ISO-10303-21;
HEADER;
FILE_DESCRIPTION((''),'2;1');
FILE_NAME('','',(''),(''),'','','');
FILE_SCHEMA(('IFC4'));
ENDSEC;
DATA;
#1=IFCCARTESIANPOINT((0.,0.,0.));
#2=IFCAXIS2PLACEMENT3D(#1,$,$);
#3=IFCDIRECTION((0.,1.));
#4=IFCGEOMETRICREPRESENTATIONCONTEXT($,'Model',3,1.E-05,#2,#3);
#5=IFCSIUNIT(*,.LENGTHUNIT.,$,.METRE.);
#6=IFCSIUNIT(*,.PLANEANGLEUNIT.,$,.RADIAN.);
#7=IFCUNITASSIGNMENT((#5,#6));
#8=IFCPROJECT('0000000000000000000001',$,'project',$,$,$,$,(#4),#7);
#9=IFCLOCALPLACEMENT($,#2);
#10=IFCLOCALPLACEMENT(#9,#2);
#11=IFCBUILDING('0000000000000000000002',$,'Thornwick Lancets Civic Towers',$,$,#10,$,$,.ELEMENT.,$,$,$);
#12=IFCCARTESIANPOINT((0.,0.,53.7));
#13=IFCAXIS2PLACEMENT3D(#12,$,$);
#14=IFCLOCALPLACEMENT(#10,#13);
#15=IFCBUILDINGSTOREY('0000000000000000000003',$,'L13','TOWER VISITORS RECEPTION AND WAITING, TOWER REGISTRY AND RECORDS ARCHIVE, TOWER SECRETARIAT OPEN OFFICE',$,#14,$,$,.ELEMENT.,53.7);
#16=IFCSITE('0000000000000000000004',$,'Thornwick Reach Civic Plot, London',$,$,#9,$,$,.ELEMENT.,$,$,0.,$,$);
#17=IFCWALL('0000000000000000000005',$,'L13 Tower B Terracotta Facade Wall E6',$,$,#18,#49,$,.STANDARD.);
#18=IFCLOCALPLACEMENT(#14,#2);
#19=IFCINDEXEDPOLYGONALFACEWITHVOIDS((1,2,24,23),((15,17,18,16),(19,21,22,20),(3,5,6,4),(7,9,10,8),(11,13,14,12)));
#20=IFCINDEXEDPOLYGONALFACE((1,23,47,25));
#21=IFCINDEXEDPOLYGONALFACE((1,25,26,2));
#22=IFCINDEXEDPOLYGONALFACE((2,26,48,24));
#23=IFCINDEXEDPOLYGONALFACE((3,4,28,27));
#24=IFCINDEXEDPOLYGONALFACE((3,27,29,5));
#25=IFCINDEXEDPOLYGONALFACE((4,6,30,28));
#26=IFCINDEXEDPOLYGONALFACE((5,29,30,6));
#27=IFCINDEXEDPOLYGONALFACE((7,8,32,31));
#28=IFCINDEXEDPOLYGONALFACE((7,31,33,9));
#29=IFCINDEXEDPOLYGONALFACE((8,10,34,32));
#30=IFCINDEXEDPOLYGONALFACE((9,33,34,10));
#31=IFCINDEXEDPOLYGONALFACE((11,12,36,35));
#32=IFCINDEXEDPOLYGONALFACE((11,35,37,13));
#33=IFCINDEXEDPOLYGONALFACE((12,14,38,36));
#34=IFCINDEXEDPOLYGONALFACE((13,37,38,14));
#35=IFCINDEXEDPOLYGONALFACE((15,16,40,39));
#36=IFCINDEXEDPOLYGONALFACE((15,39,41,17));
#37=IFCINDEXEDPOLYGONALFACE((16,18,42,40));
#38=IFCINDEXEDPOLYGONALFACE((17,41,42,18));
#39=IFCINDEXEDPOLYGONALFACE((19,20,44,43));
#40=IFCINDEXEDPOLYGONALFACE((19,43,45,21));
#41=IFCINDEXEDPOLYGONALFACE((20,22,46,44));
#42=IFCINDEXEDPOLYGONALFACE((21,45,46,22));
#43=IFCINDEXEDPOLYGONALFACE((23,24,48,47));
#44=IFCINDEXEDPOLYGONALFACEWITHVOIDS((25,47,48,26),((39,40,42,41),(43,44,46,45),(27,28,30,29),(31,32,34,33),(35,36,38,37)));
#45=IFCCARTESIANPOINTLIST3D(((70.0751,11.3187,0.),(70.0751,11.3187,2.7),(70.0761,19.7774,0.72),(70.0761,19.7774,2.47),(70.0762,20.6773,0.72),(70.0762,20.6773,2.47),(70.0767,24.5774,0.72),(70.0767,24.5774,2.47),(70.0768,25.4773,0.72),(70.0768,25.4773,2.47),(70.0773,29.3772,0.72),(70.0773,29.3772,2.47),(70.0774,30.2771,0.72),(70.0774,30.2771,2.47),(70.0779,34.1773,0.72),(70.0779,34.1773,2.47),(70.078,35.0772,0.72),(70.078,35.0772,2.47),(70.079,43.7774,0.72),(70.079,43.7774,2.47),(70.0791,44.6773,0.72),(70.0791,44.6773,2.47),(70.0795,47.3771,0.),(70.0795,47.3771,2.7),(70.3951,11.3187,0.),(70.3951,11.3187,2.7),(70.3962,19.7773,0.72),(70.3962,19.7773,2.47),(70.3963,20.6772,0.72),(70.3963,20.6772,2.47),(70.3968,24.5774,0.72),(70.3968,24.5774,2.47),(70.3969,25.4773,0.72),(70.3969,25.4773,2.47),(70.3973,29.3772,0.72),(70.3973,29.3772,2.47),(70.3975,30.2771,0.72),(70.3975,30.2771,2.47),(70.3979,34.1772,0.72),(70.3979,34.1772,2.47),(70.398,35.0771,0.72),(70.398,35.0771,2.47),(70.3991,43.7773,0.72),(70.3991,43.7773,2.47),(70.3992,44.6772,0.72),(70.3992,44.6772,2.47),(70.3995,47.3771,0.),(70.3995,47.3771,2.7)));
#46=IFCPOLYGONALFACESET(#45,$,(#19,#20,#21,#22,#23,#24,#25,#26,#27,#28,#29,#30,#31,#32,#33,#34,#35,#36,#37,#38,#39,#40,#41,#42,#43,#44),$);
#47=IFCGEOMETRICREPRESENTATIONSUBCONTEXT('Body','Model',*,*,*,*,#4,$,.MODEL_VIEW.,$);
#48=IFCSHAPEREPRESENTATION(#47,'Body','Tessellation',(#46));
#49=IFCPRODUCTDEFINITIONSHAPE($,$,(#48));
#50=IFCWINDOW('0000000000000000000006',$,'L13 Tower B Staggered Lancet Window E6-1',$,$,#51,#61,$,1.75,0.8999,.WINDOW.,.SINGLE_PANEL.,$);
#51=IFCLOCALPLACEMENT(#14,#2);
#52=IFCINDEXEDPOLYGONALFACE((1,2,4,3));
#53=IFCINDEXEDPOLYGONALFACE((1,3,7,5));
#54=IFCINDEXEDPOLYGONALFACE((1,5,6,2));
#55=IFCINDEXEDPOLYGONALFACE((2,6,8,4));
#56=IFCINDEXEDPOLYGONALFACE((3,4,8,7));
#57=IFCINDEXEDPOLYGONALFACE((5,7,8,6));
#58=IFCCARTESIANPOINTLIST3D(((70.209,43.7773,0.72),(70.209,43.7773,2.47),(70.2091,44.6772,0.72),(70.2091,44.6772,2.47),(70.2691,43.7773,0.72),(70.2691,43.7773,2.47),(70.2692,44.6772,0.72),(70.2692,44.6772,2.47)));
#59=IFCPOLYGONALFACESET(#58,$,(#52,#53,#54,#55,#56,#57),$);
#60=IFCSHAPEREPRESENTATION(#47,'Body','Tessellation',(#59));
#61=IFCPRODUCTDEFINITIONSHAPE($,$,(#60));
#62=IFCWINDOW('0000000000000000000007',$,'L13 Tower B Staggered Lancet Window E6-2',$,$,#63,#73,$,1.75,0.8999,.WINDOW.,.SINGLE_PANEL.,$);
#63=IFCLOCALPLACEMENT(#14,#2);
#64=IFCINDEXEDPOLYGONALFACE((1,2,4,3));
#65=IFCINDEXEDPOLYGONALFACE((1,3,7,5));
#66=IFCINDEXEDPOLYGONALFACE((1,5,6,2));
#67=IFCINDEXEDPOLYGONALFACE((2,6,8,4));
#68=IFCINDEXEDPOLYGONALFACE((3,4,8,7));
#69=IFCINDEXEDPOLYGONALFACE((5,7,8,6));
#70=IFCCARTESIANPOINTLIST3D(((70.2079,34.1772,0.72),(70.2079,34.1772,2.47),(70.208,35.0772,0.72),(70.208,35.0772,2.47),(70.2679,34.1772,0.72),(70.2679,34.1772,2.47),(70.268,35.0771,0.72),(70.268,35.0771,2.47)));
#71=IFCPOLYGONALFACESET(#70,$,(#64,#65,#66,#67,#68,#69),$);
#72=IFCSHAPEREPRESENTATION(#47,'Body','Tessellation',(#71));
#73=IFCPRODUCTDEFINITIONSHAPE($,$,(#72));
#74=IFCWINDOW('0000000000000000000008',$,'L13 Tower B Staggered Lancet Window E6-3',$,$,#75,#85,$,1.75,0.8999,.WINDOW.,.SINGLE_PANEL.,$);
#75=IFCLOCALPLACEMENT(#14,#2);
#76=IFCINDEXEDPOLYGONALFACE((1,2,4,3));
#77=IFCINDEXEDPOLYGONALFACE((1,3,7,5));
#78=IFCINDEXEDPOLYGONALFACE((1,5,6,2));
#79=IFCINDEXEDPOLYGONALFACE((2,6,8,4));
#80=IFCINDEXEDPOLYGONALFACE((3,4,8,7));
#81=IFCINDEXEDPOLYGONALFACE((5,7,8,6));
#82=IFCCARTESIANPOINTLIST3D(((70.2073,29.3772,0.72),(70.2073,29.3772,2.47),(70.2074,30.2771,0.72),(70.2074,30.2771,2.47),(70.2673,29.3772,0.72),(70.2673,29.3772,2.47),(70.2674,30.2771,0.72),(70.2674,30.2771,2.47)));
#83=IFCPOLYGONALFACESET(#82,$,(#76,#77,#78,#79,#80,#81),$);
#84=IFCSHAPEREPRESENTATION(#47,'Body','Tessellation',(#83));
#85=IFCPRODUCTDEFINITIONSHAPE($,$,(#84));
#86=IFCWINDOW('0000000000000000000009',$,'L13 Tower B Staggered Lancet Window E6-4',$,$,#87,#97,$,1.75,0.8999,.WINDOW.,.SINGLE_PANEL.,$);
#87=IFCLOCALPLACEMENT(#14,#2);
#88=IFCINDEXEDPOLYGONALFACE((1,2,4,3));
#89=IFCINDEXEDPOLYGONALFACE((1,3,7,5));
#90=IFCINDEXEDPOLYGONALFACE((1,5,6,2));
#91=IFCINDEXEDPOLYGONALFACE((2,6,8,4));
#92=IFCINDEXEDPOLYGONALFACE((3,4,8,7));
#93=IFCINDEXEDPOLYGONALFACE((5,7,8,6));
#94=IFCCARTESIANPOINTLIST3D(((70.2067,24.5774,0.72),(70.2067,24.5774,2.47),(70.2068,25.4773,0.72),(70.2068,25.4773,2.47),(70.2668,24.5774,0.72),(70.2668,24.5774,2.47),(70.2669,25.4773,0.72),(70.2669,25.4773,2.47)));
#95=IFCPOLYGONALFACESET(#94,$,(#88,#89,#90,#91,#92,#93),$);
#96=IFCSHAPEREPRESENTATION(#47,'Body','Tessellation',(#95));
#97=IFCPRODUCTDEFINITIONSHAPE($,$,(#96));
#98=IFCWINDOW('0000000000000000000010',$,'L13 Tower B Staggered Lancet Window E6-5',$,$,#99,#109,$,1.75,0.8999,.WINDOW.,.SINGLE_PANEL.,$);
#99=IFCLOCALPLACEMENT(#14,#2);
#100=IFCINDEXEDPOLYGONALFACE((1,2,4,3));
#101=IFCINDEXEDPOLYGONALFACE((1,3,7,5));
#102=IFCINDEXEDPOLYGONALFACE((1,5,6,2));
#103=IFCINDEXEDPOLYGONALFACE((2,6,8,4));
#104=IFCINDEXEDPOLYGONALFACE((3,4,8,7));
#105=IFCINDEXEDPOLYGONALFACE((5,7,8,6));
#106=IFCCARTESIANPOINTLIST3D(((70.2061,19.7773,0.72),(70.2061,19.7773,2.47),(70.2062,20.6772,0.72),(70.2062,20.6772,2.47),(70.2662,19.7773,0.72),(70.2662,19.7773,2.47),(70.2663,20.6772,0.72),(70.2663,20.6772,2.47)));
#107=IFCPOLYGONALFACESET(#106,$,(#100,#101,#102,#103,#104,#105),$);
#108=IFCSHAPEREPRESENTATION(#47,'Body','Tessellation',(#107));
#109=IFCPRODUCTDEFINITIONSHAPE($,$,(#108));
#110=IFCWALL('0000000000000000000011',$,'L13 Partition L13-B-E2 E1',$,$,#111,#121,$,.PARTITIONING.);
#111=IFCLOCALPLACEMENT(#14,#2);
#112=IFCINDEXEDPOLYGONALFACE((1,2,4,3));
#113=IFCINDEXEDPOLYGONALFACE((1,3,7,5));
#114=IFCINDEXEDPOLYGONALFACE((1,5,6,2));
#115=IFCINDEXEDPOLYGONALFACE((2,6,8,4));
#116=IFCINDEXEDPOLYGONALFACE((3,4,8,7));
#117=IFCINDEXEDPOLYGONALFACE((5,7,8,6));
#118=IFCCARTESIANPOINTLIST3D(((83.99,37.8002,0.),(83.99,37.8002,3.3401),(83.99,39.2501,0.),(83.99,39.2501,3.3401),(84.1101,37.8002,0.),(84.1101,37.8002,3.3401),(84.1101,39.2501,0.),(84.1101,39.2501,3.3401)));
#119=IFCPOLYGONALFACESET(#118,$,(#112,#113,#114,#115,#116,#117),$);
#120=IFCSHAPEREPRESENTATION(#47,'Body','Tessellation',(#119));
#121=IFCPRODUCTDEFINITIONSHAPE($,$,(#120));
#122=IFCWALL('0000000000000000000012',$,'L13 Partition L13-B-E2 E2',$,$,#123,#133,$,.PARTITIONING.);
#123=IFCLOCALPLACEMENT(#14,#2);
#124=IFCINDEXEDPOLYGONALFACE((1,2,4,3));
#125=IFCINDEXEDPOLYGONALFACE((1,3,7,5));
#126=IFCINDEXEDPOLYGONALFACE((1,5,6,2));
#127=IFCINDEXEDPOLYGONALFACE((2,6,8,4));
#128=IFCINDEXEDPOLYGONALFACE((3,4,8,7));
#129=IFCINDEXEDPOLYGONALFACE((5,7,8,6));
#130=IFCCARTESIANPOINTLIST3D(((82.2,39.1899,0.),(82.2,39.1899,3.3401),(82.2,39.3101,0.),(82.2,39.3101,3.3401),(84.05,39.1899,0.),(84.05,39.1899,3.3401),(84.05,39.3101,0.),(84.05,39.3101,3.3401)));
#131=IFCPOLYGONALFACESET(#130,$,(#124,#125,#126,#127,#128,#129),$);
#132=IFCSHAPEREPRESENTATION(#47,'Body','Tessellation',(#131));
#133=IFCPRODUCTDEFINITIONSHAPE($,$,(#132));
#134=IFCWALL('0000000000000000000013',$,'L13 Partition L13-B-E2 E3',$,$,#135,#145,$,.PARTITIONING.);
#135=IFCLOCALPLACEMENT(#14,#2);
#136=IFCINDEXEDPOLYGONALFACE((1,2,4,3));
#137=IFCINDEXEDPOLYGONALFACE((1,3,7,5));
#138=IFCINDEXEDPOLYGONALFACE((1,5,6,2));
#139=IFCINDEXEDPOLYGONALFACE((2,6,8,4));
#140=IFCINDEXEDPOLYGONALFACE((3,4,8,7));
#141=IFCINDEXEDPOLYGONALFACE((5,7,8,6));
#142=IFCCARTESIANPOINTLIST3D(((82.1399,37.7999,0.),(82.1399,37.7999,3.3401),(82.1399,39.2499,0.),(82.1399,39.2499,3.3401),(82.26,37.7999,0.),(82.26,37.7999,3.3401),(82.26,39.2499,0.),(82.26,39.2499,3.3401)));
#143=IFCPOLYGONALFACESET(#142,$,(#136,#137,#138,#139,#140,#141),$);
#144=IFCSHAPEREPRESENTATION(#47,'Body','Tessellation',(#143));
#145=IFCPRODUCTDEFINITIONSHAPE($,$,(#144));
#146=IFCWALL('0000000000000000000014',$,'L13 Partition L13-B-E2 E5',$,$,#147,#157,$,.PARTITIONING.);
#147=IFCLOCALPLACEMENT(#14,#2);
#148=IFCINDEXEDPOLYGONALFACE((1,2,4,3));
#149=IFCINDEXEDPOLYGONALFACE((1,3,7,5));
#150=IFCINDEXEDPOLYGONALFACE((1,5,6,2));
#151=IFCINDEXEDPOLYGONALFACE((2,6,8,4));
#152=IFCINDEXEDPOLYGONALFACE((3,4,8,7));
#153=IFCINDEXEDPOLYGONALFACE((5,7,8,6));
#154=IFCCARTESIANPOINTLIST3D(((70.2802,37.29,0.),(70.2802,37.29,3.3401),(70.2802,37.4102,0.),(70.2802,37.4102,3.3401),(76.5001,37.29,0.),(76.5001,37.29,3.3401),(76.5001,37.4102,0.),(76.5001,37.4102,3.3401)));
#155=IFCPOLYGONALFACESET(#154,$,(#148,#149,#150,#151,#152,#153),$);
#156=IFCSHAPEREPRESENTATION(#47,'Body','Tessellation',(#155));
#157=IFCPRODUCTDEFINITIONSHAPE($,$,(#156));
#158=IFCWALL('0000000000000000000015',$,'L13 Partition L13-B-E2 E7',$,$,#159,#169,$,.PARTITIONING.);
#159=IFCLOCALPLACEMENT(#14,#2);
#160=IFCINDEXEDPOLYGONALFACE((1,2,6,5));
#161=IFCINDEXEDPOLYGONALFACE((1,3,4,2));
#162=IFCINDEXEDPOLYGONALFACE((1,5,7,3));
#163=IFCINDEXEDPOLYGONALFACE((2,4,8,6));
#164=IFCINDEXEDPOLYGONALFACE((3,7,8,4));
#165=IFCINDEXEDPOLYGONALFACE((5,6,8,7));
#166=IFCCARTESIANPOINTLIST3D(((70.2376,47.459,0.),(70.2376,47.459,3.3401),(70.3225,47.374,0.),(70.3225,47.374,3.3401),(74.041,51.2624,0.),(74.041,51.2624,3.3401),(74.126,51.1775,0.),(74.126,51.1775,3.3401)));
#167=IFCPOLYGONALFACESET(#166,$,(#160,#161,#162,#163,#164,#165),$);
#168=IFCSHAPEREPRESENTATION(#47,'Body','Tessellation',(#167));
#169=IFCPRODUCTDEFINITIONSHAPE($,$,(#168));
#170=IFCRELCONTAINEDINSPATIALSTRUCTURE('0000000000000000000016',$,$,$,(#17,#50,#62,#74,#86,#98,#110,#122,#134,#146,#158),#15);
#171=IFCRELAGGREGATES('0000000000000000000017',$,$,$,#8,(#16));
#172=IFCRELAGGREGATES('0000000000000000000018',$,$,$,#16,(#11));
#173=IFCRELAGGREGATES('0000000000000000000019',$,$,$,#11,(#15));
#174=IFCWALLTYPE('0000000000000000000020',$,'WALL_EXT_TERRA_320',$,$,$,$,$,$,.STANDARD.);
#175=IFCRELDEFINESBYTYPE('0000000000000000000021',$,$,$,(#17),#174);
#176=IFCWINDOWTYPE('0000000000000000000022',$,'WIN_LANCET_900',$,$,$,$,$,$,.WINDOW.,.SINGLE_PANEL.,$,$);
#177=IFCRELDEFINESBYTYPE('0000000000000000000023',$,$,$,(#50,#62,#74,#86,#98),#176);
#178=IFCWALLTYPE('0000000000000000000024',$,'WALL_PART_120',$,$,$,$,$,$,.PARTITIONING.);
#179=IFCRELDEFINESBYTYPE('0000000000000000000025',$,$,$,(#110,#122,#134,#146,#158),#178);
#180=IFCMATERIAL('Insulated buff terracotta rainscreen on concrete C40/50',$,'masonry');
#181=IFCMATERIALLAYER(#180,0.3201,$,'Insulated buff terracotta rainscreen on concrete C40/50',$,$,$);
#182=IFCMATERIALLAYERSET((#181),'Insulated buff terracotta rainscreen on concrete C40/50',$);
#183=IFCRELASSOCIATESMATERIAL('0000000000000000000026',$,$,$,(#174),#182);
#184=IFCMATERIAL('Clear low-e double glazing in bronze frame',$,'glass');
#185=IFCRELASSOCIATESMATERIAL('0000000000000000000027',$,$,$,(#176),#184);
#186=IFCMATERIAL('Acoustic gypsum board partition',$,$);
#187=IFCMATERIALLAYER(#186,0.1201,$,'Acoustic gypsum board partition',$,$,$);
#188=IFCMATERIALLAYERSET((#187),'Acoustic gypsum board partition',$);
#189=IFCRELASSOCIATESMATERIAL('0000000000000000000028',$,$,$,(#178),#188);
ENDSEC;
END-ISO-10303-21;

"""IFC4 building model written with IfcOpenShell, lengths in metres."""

from ifc_helpers import new_model, si_unit, direction, frame, frame_2d, origin, place, context, subcontext, project, spatial, rectangle, extrude, material, layer, layer_set, type_object, element, fill, save


model = new_model("IFC4")

# Units and contexts
model_context = context("Model", 3, precision=1e-05, world=origin(), true_north=direction((0.0, 1.0)))
body_context = subcontext(model_context, "Body", "Model", "MODEL_VIEW")
ifc_project = project(units=[si_unit("LENGTHUNIT", "METRE"), si_unit("PLANEANGLEUNIT", "RADIAN")], contexts=[model_context])

# Site, building, storey
site_placement = place(None, origin())
site = spatial("IfcSite", under=ifc_project, at=site_placement, Name="Thornwick Reach Civic Plot, London", CompositionType="ELEMENT", RefElevation=0.0)
building_placement = place(site_placement, origin())
building = spatial("IfcBuilding", under=site, at=building_placement, Name="Thornwick Lancets Civic Towers", CompositionType="ELEMENT")
storey_placement = place(building_placement, frame((0.0, 0.0, 53.7)))
storey = spatial("IfcBuildingStorey", under=building, at=storey_placement, Name="L13", Description="TOWER VISITORS RECEPTION AND WAITING, TOWER REGISTRY AND RECORDS ARCHIVE, TOWER SECRETARIAT OPEN OFFICE", CompositionType="ELEMENT", Elevation=53.7)

# Wall, openings, windows
ifc_material_1 = material(Name="Insulated buff terracotta rainscreen on concrete C40/50", Category="masonry")
ifc_layer_1 = layer(ifc_material_1, 0.3201, Name="Insulated buff terracotta rainscreen on concrete C40/50")
ifc_layer_set_1 = layer_set([ifc_layer_1], Name="Insulated buff terracotta rainscreen on concrete C40/50")
wall_type_1 = type_object("IfcWallType", Name="WALL_EXT_TERRA_320", PredefinedType="STANDARD", material=ifc_layer_set_1)
wall_1_placement = place(storey_placement, frame((70.2395, 47.3772, 0.0), z_axis=(0.0, 0.0, 1.0), x_axis=(-0.000122, -1.0, 0.0)))
wall_1 = element("IfcWall", 1, at=wall_1_placement, inside=storey, type_object=wall_type_1, Name="L13 Tower B Terracotta Facade Wall E6", PredefinedType="STANDARD", context=body_context, shape_type="SweptSolid", body=[
    extrude(rectangle(XDim=36.0583, YDim=0.3201, at=frame_2d((18.0293, 0.0))), origin(), (0.0, 0.0, 1.0), 2.7),
])
opening_1_placement = place(wall_1_placement, frame((2.7, 0.0, 0.72)))
opening_1 = element("IfcOpeningElement", 2, at=opening_1_placement, cuts=wall_1, PredefinedType="OPENING", context=body_context, shape_type="SweptSolid", body=[
    extrude(rectangle(XDim=0.8999, YDim=1.75, at=frame_2d((0.45, 0.875))), frame((0.0, 0.1699, 0.0), z_axis=(0.0, -1.0, 0.0), x_axis=(1.0, 0.0, 0.0)), (0.0, 0.0, 1.0), 0.3401),
])
opening_2_placement = place(wall_1_placement, frame((12.3, 0.0, 0.72)))
opening_2 = element("IfcOpeningElement", 3, at=opening_2_placement, cuts=wall_1, PredefinedType="OPENING", context=body_context, shape_type="SweptSolid", body=[
    extrude(rectangle(XDim=0.8999, YDim=1.75, at=frame_2d((0.45, 0.875))), frame((0.0, 0.1699, 0.0), z_axis=(0.0, -1.0, 0.0), x_axis=(1.0, 0.0, 0.0)), (0.0, 0.0, 1.0), 0.3401),
])
opening_3_placement = place(wall_1_placement, frame((17.1001, 0.0, 0.72)))
opening_3 = element("IfcOpeningElement", 4, at=opening_3_placement, cuts=wall_1, PredefinedType="OPENING", context=body_context, shape_type="SweptSolid", body=[
    extrude(rectangle(XDim=0.8999, YDim=1.75, at=frame_2d((0.45, 0.875))), frame((0.0, 0.1699, 0.0), z_axis=(0.0, -1.0, 0.0), x_axis=(1.0, 0.0, 0.0)), (0.0, 0.0, 1.0), 0.3401),
])
opening_4_placement = place(wall_1_placement, frame((21.8999, 0.0, 0.72)))
opening_4 = element("IfcOpeningElement", 5, at=opening_4_placement, cuts=wall_1, PredefinedType="OPENING", context=body_context, shape_type="SweptSolid", body=[
    extrude(rectangle(XDim=0.8999, YDim=1.75, at=frame_2d((0.45, 0.875))), frame((0.0, 0.1699, 0.0), z_axis=(0.0, -1.0, 0.0), x_axis=(1.0, 0.0, 0.0)), (0.0, 0.0, 1.0), 0.3401),
])
opening_5_placement = place(wall_1_placement, frame((26.7, 0.0, 0.72)))
opening_5 = element("IfcOpeningElement", 6, at=opening_5_placement, cuts=wall_1, PredefinedType="OPENING", context=body_context, shape_type="SweptSolid", body=[
    extrude(rectangle(XDim=0.8999, YDim=1.75, at=frame_2d((0.45, 0.875))), frame((0.0, 0.1699, 0.0), z_axis=(0.0, -1.0, 0.0), x_axis=(1.0, 0.0, 0.0)), (0.0, 0.0, 1.0), 0.3401),
])
ifc_material_2 = material(Name="Clear low-e double glazing in bronze frame", Category="glass")
window_type = type_object("IfcWindowType", Name="WIN_LANCET_900", PartitioningType="SINGLE_PANEL", PredefinedType="WINDOW", material=ifc_material_2)
window_1_placement = place(opening_1_placement, origin())
window_1 = element("IfcWindow", 7, at=window_1_placement, inside=storey, type_object=window_type, Name="L13 Tower B Staggered Lancet Window E6-1", OverallHeight=1.75, OverallWidth=0.8999, PartitioningType="SINGLE_PANEL", PredefinedType="WINDOW", context=body_context, shape_type="SweptSolid", body=[
    extrude(rectangle(XDim=0.8999, YDim=1.75, at=frame_2d((0.45, 0.875))), frame((0.0, 0.03, 0.0), z_axis=(0.0, -1.0, 0.0), x_axis=(1.0, 0.0, 0.0)), (0.0, 0.0, 1.0), 0.0601),
])
fill(opening_1, window_1)
window_2_placement = place(opening_2_placement, origin())
window_2 = element("IfcWindow", 8, at=window_2_placement, inside=storey, type_object=window_type, Name="L13 Tower B Staggered Lancet Window E6-2", OverallHeight=1.75, OverallWidth=0.8999, PartitioningType="SINGLE_PANEL", PredefinedType="WINDOW", context=body_context, shape_type="SweptSolid", body=[
    extrude(rectangle(XDim=0.8999, YDim=1.75, at=frame_2d((0.45, 0.875))), frame((0.0, 0.03, 0.0), z_axis=(0.0, -1.0, 0.0), x_axis=(1.0, 0.0, 0.0)), (0.0, 0.0, 1.0), 0.0601),
])
fill(opening_2, window_2)
window_3_placement = place(opening_3_placement, origin())
window_3 = element("IfcWindow", 9, at=window_3_placement, inside=storey, type_object=window_type, Name="L13 Tower B Staggered Lancet Window E6-3", OverallHeight=1.75, OverallWidth=0.8999, PartitioningType="SINGLE_PANEL", PredefinedType="WINDOW", context=body_context, shape_type="SweptSolid", body=[
    extrude(rectangle(XDim=0.8999, YDim=1.75, at=frame_2d((0.45, 0.875))), frame((0.0, 0.03, 0.0), z_axis=(0.0, -1.0, 0.0), x_axis=(1.0, 0.0, 0.0)), (0.0, 0.0, 1.0), 0.0601),
])
fill(opening_3, window_3)
window_4_placement = place(opening_4_placement, origin())
window_4 = element("IfcWindow", 10, at=window_4_placement, inside=storey, type_object=window_type, Name="L13 Tower B Staggered Lancet Window E6-4", OverallHeight=1.75, OverallWidth=0.8999, PartitioningType="SINGLE_PANEL", PredefinedType="WINDOW", context=body_context, shape_type="SweptSolid", body=[
    extrude(rectangle(XDim=0.8999, YDim=1.75, at=frame_2d((0.45, 0.875))), frame((0.0, 0.03, 0.0), z_axis=(0.0, -1.0, 0.0), x_axis=(1.0, 0.0, 0.0)), (0.0, 0.0, 1.0), 0.0601),
])
fill(opening_4, window_4)
window_5_placement = place(opening_5_placement, origin())
window_5 = element("IfcWindow", 11, at=window_5_placement, inside=storey, type_object=window_type, Name="L13 Tower B Staggered Lancet Window E6-5", OverallHeight=1.75, OverallWidth=0.8999, PartitioningType="SINGLE_PANEL", PredefinedType="WINDOW", context=body_context, shape_type="SweptSolid", body=[
    extrude(rectangle(XDim=0.8999, YDim=1.75, at=frame_2d((0.45, 0.875))), frame((0.0, 0.03, 0.0), z_axis=(0.0, -1.0, 0.0), x_axis=(1.0, 0.0, 0.0)), (0.0, 0.0, 1.0), 0.0601),
])
fill(opening_5, window_5)

# Walls
ifc_material_3 = material(Name="Acoustic gypsum board partition")
ifc_layer_2 = layer(ifc_material_3, 0.1201, Name="Acoustic gypsum board partition")
ifc_layer_set_2 = layer_set([ifc_layer_2], Name="Acoustic gypsum board partition")
wall_type_2 = type_object("IfcWallType", Name="WALL_PART_120", PredefinedType="PARTITIONING", material=ifc_layer_set_2)
wall_2_placement = place(storey_placement, frame((84.05, 37.8, 0.0), z_axis=(0.0, 0.0, 1.0), x_axis=(0.0, 1.0, 0.0)))
element("IfcWall", 12, at=wall_2_placement, inside=storey, type_object=wall_type_2, Name="L13 Partition L13-B-E2 E1", PredefinedType="PARTITIONING", context=body_context, shape_type="SweptSolid", body=[
    extrude(rectangle(XDim=1.45, YDim=0.1201, at=frame_2d((0.7251, 0.0))), origin(), (0.0, 0.0, 1.0), 3.3401),
])
wall_3_placement = place(storey_placement, frame((84.05, 39.25, 0.0), z_axis=(0.0, 0.0, 1.0), x_axis=(-1.0, 0.0, 0.0)))
element("IfcWall", 13, at=wall_3_placement, inside=storey, type_object=wall_type_2, Name="L13 Partition L13-B-E2 E2", PredefinedType="PARTITIONING", context=body_context, shape_type="SweptSolid", body=[
    extrude(rectangle(XDim=1.8501, YDim=0.1201, at=frame_2d((0.925, 0.0))), origin(), (0.0, 0.0, 1.0), 3.3401),
])
wall_4_placement = place(storey_placement, frame((82.2, 39.25, 0.0), z_axis=(0.0, 0.0, 1.0), x_axis=(0.0, -1.0, 0.0)))
element("IfcWall", 14, at=wall_4_placement, inside=storey, type_object=wall_type_2, Name="L13 Partition L13-B-E2 E3", PredefinedType="PARTITIONING", context=body_context, shape_type="SweptSolid", body=[
    extrude(rectangle(XDim=1.45, YDim=0.1201, at=frame_2d((0.7251, 0.0))), origin(), (0.0, 0.0, 1.0), 3.3401),
])
wall_5_placement = place(storey_placement, frame((76.5, 37.3501, 0.0), z_axis=(0.0, 0.0, 1.0), x_axis=(-1.0, 0.0, 0.0)))
element("IfcWall", 15, at=wall_5_placement, inside=storey, type_object=wall_type_2, Name="L13 Partition L13-B-E2 E5", PredefinedType="PARTITIONING", context=body_context, shape_type="SweptSolid", body=[
    extrude(rectangle(XDim=6.22, YDim=0.1201, at=frame_2d((3.1099, 0.0))), origin(), (0.0, 0.0, 1.0), 3.3401),
])
wall_6_placement = place(storey_placement, frame((70.28, 47.4165, 0.0), z_axis=(0.0, 0.0, 1.0), x_axis=(0.707107, 0.707107, 0.0)))
element("IfcWall", 16, at=wall_6_placement, inside=storey, type_object=wall_type_2, Name="L13 Partition L13-B-E2 E7", PredefinedType="PARTITIONING", context=body_context, shape_type="SweptSolid", body=[
    extrude(rectangle(XDim=5.3789, YDim=0.1201, at=frame_2d((2.6895, 0.0))), origin(), (0.0, 0.0, 1.0), 3.3401),
])

save(model, "model.ifc")
